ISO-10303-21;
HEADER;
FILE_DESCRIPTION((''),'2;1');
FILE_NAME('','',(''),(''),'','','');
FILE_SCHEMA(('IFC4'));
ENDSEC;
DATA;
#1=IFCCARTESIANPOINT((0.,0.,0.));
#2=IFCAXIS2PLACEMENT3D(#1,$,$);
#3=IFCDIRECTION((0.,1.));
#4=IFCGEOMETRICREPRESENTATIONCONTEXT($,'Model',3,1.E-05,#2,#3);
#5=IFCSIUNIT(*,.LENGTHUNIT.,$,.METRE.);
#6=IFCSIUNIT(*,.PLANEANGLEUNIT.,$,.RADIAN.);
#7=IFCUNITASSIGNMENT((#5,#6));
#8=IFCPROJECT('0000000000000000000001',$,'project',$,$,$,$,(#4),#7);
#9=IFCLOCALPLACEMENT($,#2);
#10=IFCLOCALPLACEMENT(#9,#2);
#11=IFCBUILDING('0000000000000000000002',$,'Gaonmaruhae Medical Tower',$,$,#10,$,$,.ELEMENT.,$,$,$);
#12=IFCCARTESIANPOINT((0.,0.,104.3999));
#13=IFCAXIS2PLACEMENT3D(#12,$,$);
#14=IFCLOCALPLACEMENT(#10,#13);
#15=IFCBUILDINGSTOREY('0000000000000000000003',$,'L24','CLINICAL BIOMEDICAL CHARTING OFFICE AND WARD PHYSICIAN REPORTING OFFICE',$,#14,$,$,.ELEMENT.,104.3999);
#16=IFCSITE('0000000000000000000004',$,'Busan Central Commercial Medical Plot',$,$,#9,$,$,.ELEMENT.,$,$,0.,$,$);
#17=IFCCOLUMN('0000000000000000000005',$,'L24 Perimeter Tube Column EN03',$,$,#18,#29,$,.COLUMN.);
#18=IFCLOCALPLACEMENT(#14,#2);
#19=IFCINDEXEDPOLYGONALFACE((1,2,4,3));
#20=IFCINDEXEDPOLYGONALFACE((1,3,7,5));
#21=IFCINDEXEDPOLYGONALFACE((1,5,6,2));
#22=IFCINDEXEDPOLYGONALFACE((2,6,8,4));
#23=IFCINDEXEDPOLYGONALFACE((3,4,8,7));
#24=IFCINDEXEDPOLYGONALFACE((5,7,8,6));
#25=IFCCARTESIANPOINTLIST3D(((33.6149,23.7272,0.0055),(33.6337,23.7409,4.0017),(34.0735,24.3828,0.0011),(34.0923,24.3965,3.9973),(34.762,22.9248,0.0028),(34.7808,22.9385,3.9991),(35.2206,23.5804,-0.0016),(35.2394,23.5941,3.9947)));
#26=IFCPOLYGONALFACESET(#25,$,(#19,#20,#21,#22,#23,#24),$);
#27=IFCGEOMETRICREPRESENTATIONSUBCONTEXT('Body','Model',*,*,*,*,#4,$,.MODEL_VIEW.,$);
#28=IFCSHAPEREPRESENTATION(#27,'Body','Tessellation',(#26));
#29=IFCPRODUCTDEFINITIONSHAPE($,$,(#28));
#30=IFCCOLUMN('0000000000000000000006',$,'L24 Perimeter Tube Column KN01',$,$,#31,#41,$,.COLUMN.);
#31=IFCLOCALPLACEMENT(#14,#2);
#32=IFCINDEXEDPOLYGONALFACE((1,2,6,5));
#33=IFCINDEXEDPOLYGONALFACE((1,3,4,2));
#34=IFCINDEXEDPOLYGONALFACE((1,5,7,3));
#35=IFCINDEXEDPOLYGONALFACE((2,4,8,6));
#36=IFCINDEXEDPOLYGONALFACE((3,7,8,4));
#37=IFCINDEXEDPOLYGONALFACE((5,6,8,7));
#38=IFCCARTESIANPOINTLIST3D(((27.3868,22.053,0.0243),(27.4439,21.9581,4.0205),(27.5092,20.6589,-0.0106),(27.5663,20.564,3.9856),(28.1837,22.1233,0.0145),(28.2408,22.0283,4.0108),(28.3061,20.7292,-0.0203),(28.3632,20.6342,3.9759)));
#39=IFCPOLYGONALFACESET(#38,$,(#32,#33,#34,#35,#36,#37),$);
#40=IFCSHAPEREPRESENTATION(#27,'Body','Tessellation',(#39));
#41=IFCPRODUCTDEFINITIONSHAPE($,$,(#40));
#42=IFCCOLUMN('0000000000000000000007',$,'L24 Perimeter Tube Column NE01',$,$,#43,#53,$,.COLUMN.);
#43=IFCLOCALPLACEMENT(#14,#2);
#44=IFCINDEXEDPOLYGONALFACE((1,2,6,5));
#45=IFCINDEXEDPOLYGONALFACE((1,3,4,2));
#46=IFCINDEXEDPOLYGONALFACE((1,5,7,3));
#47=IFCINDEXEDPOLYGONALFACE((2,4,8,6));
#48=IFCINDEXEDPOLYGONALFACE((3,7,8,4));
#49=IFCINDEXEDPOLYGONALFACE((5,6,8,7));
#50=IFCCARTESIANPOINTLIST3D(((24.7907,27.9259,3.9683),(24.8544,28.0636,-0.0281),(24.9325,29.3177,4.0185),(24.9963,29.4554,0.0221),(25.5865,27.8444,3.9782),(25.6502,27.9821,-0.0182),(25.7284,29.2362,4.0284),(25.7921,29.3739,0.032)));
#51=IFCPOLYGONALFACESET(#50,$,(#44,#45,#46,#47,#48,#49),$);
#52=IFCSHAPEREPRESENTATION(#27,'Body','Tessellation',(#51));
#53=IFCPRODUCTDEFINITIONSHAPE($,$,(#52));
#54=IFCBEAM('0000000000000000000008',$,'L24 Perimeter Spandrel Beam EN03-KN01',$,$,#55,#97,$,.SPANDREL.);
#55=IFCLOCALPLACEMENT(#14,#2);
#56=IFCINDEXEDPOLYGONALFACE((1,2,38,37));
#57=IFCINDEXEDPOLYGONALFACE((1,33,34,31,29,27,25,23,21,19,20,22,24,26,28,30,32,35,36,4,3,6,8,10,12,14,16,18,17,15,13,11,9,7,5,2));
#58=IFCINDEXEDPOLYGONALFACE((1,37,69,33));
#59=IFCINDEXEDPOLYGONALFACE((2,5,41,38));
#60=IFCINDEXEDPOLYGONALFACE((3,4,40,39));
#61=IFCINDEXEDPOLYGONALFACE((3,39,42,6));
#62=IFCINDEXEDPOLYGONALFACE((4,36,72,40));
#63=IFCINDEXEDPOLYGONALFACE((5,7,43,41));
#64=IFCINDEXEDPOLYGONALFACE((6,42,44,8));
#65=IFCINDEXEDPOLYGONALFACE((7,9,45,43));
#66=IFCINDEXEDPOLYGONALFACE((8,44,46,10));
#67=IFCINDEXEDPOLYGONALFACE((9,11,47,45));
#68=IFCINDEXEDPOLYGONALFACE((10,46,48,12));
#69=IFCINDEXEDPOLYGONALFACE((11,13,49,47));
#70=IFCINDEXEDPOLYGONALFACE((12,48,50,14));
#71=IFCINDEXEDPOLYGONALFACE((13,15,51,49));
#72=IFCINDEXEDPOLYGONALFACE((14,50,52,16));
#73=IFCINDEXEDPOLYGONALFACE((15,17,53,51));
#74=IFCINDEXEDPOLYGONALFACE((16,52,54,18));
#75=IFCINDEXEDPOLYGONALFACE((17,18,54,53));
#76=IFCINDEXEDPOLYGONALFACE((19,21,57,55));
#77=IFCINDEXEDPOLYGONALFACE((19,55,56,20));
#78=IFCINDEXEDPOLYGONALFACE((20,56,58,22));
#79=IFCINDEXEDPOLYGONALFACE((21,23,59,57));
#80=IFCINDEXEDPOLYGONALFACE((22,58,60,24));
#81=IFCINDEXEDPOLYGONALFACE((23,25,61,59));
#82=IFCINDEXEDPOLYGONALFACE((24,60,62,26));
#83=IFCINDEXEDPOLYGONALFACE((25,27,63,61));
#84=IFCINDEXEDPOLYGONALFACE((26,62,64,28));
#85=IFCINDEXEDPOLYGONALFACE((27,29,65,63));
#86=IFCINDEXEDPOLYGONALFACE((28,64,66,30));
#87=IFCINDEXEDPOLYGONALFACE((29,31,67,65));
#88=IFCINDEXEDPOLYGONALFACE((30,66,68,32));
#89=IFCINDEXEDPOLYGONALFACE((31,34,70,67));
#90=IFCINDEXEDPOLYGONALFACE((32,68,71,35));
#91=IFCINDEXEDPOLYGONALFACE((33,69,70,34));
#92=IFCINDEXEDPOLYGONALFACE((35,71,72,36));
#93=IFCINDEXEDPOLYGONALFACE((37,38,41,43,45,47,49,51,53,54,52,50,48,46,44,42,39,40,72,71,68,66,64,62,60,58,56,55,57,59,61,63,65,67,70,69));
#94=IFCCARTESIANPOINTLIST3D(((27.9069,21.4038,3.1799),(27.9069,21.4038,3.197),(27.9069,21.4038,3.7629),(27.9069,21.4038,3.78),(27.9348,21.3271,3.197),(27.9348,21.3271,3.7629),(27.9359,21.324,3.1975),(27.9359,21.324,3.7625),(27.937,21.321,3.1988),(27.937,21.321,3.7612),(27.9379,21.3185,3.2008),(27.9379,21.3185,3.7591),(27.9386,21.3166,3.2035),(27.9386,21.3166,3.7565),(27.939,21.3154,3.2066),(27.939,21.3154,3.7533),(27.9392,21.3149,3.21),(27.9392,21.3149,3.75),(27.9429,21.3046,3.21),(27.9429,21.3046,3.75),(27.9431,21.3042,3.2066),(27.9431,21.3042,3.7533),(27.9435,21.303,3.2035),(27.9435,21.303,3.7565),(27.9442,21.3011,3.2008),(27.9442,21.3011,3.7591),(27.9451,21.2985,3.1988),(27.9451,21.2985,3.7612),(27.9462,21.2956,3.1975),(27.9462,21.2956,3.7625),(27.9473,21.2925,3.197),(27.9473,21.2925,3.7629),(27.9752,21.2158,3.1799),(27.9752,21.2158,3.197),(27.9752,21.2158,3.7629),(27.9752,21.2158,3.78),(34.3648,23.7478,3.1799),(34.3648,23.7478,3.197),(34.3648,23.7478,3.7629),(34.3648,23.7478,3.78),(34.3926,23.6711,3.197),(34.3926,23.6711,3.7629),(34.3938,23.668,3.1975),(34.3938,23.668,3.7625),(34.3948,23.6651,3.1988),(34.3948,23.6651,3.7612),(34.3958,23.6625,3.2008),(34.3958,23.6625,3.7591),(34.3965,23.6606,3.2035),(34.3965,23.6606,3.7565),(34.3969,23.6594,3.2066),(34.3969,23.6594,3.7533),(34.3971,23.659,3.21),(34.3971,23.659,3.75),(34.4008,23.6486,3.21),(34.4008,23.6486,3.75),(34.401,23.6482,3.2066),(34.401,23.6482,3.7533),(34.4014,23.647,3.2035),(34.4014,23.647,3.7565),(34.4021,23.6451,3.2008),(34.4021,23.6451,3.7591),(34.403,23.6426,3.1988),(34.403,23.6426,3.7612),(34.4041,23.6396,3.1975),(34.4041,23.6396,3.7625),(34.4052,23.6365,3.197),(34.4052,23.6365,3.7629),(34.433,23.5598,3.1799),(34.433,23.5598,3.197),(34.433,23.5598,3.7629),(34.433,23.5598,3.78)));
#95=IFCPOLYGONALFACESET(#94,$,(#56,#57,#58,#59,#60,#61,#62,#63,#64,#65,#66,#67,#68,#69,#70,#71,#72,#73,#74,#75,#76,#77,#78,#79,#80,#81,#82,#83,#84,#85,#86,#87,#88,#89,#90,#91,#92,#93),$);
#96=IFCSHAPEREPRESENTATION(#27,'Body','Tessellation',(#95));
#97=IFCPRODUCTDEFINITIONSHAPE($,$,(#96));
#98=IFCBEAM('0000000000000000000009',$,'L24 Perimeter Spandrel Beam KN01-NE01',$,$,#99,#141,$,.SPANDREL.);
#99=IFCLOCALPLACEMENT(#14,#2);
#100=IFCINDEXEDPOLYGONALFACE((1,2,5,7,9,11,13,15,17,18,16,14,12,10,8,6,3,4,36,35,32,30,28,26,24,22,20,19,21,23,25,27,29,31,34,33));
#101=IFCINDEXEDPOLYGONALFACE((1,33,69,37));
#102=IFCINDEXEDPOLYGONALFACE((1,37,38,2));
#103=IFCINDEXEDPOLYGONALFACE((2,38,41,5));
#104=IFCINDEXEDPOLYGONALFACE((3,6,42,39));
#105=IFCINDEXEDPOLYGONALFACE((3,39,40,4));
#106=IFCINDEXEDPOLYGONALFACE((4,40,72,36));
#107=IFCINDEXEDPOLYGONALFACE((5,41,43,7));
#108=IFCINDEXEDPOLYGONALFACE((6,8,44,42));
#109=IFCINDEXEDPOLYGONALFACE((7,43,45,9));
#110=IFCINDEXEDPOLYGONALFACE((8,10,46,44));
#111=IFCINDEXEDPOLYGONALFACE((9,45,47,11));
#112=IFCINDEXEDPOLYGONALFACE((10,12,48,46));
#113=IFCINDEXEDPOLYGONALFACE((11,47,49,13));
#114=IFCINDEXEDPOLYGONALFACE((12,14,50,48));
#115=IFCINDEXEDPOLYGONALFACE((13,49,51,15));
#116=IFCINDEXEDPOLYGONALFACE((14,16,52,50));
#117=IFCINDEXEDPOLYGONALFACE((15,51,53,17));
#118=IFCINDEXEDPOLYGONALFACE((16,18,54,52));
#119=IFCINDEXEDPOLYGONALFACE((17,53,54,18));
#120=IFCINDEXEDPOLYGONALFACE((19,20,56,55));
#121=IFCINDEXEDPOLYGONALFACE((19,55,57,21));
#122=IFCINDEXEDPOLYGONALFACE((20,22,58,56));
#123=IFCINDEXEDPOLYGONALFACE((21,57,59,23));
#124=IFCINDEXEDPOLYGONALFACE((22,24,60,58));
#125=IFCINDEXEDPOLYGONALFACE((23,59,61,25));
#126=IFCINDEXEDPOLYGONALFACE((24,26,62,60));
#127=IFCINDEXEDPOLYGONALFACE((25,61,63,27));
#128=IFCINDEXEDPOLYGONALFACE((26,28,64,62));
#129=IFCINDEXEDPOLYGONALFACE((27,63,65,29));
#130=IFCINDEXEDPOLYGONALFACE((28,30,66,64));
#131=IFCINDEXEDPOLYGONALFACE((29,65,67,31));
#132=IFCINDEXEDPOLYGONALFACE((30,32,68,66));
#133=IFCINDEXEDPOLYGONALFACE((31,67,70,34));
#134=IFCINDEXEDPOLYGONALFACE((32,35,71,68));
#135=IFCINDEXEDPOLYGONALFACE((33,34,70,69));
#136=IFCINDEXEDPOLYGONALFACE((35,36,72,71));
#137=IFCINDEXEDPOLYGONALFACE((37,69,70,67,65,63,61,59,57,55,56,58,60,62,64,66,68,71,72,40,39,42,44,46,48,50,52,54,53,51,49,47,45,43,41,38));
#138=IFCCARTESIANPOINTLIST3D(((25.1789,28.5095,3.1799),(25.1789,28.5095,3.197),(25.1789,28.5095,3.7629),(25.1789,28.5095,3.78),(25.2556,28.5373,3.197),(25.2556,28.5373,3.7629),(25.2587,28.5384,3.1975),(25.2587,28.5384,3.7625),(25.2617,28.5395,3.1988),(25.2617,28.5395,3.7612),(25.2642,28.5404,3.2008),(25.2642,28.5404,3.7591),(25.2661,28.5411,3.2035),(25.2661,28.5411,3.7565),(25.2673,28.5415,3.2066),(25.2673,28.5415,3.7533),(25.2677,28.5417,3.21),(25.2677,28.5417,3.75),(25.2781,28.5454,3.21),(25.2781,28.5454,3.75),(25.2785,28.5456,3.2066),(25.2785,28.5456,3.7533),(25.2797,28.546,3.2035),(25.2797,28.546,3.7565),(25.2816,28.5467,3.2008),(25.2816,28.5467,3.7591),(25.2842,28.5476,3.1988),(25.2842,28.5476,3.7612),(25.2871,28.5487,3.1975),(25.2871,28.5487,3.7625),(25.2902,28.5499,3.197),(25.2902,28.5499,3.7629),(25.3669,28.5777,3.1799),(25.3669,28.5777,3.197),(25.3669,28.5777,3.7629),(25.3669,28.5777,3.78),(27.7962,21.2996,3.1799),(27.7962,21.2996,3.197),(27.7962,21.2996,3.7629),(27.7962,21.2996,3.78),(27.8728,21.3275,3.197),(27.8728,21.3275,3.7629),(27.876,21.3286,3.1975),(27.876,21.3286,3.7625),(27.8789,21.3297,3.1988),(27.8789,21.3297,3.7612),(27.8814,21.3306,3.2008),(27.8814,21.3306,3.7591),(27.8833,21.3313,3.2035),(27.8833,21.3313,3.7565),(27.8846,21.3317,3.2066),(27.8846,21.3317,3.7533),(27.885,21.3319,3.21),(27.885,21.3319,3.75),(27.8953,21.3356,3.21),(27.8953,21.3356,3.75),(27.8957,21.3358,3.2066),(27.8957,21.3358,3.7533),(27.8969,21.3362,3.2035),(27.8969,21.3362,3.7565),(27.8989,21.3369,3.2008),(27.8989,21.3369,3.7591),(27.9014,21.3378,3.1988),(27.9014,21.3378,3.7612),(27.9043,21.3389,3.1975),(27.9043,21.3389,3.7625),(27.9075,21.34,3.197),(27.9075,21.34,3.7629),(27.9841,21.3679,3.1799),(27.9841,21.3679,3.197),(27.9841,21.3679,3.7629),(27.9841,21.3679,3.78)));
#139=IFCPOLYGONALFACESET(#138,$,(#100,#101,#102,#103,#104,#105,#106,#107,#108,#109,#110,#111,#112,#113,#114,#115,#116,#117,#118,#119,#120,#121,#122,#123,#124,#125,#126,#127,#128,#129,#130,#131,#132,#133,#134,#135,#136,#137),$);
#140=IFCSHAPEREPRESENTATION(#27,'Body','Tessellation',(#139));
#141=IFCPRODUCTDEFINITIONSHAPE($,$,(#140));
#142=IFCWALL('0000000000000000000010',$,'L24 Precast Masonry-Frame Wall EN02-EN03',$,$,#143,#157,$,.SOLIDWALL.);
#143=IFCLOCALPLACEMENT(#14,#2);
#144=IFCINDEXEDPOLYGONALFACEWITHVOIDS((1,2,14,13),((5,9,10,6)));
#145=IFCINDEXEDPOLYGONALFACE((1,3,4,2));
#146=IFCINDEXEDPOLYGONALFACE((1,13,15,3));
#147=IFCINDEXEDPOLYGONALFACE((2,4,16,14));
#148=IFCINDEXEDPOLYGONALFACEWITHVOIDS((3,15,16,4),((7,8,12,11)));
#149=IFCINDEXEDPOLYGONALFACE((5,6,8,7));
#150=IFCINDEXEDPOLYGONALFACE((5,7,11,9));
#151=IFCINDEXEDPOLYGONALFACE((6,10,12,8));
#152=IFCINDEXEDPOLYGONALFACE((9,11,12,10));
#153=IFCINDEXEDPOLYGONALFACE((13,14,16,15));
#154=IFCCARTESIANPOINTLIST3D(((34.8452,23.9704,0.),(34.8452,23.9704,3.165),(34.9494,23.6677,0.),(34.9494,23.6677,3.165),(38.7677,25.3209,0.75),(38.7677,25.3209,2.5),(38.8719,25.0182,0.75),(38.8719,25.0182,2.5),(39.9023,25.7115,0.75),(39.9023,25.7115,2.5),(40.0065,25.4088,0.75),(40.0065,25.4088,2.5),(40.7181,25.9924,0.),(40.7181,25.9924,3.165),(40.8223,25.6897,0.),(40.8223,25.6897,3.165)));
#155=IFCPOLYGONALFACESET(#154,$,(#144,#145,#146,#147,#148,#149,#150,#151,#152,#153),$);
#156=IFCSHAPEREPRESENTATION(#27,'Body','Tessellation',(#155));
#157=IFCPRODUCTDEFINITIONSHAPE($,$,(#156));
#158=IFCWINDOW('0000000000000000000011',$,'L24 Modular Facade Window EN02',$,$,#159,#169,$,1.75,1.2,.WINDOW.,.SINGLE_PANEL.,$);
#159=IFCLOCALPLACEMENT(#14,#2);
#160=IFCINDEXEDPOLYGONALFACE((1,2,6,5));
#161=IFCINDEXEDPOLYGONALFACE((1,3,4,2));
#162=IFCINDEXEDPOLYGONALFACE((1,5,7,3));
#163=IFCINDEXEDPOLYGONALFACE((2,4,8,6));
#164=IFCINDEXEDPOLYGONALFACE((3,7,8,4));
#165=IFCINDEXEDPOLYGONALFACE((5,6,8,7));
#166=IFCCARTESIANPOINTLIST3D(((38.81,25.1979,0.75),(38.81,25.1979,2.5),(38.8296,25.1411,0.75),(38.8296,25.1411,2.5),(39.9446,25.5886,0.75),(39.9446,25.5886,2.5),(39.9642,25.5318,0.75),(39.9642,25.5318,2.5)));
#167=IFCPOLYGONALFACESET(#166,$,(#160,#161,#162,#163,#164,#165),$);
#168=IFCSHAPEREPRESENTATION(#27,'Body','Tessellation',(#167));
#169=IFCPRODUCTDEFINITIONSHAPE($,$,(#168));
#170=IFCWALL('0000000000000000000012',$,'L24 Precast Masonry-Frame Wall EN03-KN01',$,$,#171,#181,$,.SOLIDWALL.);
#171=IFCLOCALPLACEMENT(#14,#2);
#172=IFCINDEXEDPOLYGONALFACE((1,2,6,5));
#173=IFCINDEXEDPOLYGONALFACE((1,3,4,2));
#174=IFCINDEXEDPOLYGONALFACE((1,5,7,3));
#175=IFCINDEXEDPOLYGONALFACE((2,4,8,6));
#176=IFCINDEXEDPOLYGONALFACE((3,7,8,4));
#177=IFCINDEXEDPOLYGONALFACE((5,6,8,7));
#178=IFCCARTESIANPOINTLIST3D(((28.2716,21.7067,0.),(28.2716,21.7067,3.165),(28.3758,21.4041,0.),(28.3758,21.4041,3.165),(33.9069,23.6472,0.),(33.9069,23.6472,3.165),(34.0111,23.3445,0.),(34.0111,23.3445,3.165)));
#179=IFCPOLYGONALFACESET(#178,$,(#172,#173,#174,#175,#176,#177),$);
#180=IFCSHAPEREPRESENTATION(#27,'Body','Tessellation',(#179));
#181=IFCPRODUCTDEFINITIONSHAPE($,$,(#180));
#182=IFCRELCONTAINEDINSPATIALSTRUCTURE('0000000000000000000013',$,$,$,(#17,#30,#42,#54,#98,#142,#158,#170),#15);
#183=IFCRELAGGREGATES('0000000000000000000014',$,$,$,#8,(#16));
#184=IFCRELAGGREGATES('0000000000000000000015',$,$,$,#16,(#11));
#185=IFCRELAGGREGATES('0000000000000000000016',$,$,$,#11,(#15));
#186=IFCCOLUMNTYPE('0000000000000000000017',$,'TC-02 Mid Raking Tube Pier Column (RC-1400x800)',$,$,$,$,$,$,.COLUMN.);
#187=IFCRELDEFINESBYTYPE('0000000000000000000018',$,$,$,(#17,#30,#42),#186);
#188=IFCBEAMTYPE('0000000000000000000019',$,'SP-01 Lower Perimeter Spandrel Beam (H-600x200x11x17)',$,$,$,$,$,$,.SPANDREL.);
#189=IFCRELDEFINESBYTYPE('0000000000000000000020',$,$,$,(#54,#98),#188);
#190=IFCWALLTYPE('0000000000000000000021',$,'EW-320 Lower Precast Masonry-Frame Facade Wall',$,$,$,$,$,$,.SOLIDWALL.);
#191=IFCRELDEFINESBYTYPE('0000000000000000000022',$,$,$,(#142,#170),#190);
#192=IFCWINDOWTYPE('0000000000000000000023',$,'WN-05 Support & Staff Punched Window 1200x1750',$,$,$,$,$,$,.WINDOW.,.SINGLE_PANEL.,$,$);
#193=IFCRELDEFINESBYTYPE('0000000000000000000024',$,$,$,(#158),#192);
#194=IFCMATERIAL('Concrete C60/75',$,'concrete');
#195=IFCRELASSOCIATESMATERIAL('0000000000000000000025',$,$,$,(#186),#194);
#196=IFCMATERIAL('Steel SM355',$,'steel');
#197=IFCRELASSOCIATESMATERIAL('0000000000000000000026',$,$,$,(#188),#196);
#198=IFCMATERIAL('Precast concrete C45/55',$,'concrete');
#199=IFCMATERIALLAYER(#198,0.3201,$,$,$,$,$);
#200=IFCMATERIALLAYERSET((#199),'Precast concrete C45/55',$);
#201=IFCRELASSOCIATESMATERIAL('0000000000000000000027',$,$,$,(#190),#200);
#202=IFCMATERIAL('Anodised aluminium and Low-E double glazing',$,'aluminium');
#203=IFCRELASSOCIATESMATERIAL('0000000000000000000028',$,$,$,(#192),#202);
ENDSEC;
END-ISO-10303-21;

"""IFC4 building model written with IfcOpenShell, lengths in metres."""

from ifc_helpers import new_model, si_unit, direction, frame, frame_2d, origin, origin_2d, place, context, subcontext, project, spatial, rectangle, i_section, extrude, material, layer, layer_set, material_profile, profile_set, type_object, element, fill, save


model = new_model("IFC4")

# Units and contexts
model_context = context("Model", 3, precision=1e-05, world=origin(), true_north=direction((0.0, 1.0)))
body_context = subcontext(model_context, "Body", "Model", "MODEL_VIEW")
ifc_project = project(units=[si_unit("LENGTHUNIT", "METRE"), si_unit("PLANEANGLEUNIT", "RADIAN")], contexts=[model_context])

# Site, building, storey
site_placement = place(None, origin())
site = spatial("IfcSite", under=ifc_project, at=site_placement, Name="Busan Central Commercial Medical Plot", CompositionType="ELEMENT", RefElevation=0.0)
building_placement = place(site_placement, origin())
building = spatial("IfcBuilding", under=site, at=building_placement, Name="Gaonmaruhae Medical Tower", CompositionType="ELEMENT")
storey_placement = place(building_placement, frame((0.0, 0.0, 104.3999)))
storey = spatial("IfcBuildingStorey", under=building, at=storey_placement, Name="L24", Description="CLINICAL BIOMEDICAL CHARTING OFFICE AND WARD PHYSICIAN REPORTING OFFICE", CompositionType="ELEMENT", Elevation=104.3999)

# Columns
ifc_material_1 = material(Name="Concrete C60/75", Category="concrete")
ifc_material_profile_1 = material_profile(ifc_material_1, rectangle(XDim=1.3999, YDim=0.8, at=origin_2d()), Name="RC-1400x800")
ifc_profile_set_1 = profile_set([ifc_material_profile_1], Name="Concrete C60/75")
column_type = type_object("IfcColumnType", Name="TC-02 Mid Raking Tube Pier Column (RC-1400x800)", PredefinedType="COLUMN", material=ifc_profile_set_1)
column_1_placement = place(storey_placement, frame((34.4177, 23.6538, 0.002), z_axis=(0.004704, 0.003421, 0.999983), x_axis=(-0.819422, 0.573188, 0.001894)))
element("IfcColumn", 1, at=column_1_placement, inside=storey, type_object=column_type, Name="L24 Perimeter Tube Column EN03", PredefinedType="COLUMN", context=body_context, shape_type="SweptSolid", body=[
    extrude(rectangle(XDim=1.3999, YDim=0.8, at=origin_2d()), origin(), (0.0, 0.0, 1.0), 3.9963),
])
column_2_placement = place(storey_placement, frame((27.8464, 21.3911, 0.002), z_axis=(0.01429, -0.023755, 0.999616), x_axis=(-0.087477, 0.995855, 0.024916)))
element("IfcColumn", 2, at=column_2_placement, inside=storey, type_object=column_type, Name="L24 Perimeter Tube Column KN01", PredefinedType="COLUMN", context=body_context, shape_type="SweptSolid", body=[
    extrude(rectangle(XDim=1.3999, YDim=0.8, at=origin_2d()), origin(), (0.0, 0.0, 1.0), 3.9978),
])
column_3_placement = place(storey_placement, frame((25.3232, 28.7188, 0.002), z_axis=(-0.015933, -0.034431, 0.99928), x_axis=(0.101345, 0.994204, 0.035872)))
element("IfcColumn", 3, at=column_3_placement, inside=storey, type_object=column_type, Name="L24 Perimeter Tube Column NE01", PredefinedType="COLUMN", context=body_context, shape_type="SweptSolid", body=[
    extrude(rectangle(XDim=1.3999, YDim=0.8, at=origin_2d()), origin(), (0.0, 0.0, 1.0), 3.9993),
])

# Beams
ifc_material_2 = material(Name="Steel SM355", Category="steel")
ifc_material_profile_2 = material_profile(ifc_material_2, i_section(OverallWidth=0.2, OverallDepth=0.6001, WebThickness=0.011, FlangeThickness=0.0171, FilletRadius=0.0129, at=origin_2d()), Name="H-600x200x11x17")
ifc_profile_set_2 = profile_set([ifc_material_profile_2], Name="Steel SM355")
beam_type = type_object("IfcBeamType", Name="SP-01 Lower Perimeter Spandrel Beam (H-600x200x11x17)", PredefinedType="SPANDREL", material=ifc_profile_set_2)
beam_1_placement = place(storey_placement, frame((34.3989, 23.6538, 3.48), z_axis=(-0.939994, -0.341192, 0.0), x_axis=(0.341192, -0.939994, 0.0)))
element("IfcBeam", 4, at=beam_1_placement, inside=storey, type_object=beam_type, Name="L24 Perimeter Spandrel Beam EN03-KN01", PredefinedType="SPANDREL", context=body_context, shape_type="SweptSolid", body=[
    extrude(i_section(OverallWidth=0.2, OverallDepth=0.6001, WebThickness=0.011, FlangeThickness=0.0171, FilletRadius=0.0129, at=origin_2d()), origin(), (0.0, 0.0, 1.0), 6.8701),
])
beam_2_placement = place(storey_placement, frame((27.8901, 21.3337, 3.48), z_axis=(-0.341222, 0.939983, 0.0), x_axis=(-0.939983, -0.341222, 0.0)))
element("IfcBeam", 5, at=beam_2_placement, inside=storey, type_object=beam_type, Name="L24 Perimeter Spandrel Beam KN01-NE01", PredefinedType="SPANDREL", context=body_context, shape_type="SweptSolid", body=[
    extrude(i_section(OverallWidth=0.2, OverallDepth=0.6001, WebThickness=0.011, FlangeThickness=0.0171, FilletRadius=0.0129, at=origin_2d()), origin(), (0.0, 0.0, 1.0), 7.6702),
])

# Wall, opening, window
ifc_material_3 = material(Name="Precast concrete C45/55", Category="concrete")
ifc_layer_1 = layer(ifc_material_3, 0.3201)
ifc_layer_set_1 = layer_set([ifc_layer_1], Name="Precast concrete C45/55")
wall_type_1 = type_object("IfcWallType", Name="EW-320 Lower Precast Masonry-Frame Facade Wall", PredefinedType="SOLIDWALL", material=ifc_layer_set_1)
wall_1_placement = place(storey_placement, frame((34.8975, 23.8191, 0.0), z_axis=(0.0, 0.0, 1.0), x_axis=(0.945528, 0.32554, 0.0)))
wall_1 = element("IfcWall", 6, at=wall_1_placement, inside=storey, type_object=wall_type_1, Name="L24 Precast Masonry-Frame Wall EN02-EN03", PredefinedType="SOLIDWALL", context=body_context, shape_type="SweptSolid", body=[
    extrude(rectangle(XDim=6.2112, YDim=0.3201, at=frame_2d((3.1055, 0.0))), origin(), (0.0, 0.0, 1.0), 3.165),
])
opening_1_placement = place(wall_1_placement, frame((4.1482, 0.0, 0.75)))
opening_1 = element("IfcOpeningElement", 7, at=opening_1_placement, cuts=wall_1, PredefinedType="OPENING", context=body_context, shape_type="SweptSolid", body=[
    extrude(rectangle(XDim=1.2, YDim=1.75, at=frame_2d((0.6001, 0.875))), frame((0.0, 0.1699, 0.0), z_axis=(0.0, -1.0, 0.0), x_axis=(1.0, 0.0, 0.0)), (0.0, 0.0, 1.0), 0.3401),
])
ifc_material_4 = material(Name="Anodised aluminium and Low-E double glazing", Category="aluminium")
window_type = type_object("IfcWindowType", Name="WN-05 Support & Staff Punched Window 1200x1750", PartitioningType="SINGLE_PANEL", PredefinedType="WINDOW", material=ifc_material_4)
window_placement = place(opening_1_placement, origin())
window = element("IfcWindow", 8, at=window_placement, inside=storey, type_object=window_type, Name="L24 Modular Facade Window EN02", OverallHeight=1.75, OverallWidth=1.2, PartitioningType="SINGLE_PANEL", PredefinedType="WINDOW", context=body_context, shape_type="SweptSolid", body=[
    extrude(rectangle(XDim=1.2, YDim=1.75, at=frame_2d((0.6001, 0.875))), frame((0.0, 0.03, 0.0), z_axis=(0.0, -1.0, 0.0), x_axis=(1.0, 0.0, 0.0)), (0.0, 0.0, 1.0), 0.0601),
])
fill(opening_1, window)

# Wall
wall_2_placement = place(storey_placement, frame((28.3237, 21.5554, 0.0), z_axis=(0.0, 0.0, 1.0), x_axis=(0.945516, 0.325577, 0.0)))
element("IfcWall", 9, at=wall_2_placement, inside=storey, type_object=wall_type_1, Name="L24 Precast Masonry-Frame Wall EN03-KN01", PredefinedType="SOLIDWALL", context=body_context, shape_type="SweptSolid", body=[
    extrude(rectangle(XDim=5.96, YDim=0.3201, at=frame_2d((2.98, 0.0))), origin(), (0.0, 0.0, 1.0), 3.165),
])

save(model, "model.ifc")
